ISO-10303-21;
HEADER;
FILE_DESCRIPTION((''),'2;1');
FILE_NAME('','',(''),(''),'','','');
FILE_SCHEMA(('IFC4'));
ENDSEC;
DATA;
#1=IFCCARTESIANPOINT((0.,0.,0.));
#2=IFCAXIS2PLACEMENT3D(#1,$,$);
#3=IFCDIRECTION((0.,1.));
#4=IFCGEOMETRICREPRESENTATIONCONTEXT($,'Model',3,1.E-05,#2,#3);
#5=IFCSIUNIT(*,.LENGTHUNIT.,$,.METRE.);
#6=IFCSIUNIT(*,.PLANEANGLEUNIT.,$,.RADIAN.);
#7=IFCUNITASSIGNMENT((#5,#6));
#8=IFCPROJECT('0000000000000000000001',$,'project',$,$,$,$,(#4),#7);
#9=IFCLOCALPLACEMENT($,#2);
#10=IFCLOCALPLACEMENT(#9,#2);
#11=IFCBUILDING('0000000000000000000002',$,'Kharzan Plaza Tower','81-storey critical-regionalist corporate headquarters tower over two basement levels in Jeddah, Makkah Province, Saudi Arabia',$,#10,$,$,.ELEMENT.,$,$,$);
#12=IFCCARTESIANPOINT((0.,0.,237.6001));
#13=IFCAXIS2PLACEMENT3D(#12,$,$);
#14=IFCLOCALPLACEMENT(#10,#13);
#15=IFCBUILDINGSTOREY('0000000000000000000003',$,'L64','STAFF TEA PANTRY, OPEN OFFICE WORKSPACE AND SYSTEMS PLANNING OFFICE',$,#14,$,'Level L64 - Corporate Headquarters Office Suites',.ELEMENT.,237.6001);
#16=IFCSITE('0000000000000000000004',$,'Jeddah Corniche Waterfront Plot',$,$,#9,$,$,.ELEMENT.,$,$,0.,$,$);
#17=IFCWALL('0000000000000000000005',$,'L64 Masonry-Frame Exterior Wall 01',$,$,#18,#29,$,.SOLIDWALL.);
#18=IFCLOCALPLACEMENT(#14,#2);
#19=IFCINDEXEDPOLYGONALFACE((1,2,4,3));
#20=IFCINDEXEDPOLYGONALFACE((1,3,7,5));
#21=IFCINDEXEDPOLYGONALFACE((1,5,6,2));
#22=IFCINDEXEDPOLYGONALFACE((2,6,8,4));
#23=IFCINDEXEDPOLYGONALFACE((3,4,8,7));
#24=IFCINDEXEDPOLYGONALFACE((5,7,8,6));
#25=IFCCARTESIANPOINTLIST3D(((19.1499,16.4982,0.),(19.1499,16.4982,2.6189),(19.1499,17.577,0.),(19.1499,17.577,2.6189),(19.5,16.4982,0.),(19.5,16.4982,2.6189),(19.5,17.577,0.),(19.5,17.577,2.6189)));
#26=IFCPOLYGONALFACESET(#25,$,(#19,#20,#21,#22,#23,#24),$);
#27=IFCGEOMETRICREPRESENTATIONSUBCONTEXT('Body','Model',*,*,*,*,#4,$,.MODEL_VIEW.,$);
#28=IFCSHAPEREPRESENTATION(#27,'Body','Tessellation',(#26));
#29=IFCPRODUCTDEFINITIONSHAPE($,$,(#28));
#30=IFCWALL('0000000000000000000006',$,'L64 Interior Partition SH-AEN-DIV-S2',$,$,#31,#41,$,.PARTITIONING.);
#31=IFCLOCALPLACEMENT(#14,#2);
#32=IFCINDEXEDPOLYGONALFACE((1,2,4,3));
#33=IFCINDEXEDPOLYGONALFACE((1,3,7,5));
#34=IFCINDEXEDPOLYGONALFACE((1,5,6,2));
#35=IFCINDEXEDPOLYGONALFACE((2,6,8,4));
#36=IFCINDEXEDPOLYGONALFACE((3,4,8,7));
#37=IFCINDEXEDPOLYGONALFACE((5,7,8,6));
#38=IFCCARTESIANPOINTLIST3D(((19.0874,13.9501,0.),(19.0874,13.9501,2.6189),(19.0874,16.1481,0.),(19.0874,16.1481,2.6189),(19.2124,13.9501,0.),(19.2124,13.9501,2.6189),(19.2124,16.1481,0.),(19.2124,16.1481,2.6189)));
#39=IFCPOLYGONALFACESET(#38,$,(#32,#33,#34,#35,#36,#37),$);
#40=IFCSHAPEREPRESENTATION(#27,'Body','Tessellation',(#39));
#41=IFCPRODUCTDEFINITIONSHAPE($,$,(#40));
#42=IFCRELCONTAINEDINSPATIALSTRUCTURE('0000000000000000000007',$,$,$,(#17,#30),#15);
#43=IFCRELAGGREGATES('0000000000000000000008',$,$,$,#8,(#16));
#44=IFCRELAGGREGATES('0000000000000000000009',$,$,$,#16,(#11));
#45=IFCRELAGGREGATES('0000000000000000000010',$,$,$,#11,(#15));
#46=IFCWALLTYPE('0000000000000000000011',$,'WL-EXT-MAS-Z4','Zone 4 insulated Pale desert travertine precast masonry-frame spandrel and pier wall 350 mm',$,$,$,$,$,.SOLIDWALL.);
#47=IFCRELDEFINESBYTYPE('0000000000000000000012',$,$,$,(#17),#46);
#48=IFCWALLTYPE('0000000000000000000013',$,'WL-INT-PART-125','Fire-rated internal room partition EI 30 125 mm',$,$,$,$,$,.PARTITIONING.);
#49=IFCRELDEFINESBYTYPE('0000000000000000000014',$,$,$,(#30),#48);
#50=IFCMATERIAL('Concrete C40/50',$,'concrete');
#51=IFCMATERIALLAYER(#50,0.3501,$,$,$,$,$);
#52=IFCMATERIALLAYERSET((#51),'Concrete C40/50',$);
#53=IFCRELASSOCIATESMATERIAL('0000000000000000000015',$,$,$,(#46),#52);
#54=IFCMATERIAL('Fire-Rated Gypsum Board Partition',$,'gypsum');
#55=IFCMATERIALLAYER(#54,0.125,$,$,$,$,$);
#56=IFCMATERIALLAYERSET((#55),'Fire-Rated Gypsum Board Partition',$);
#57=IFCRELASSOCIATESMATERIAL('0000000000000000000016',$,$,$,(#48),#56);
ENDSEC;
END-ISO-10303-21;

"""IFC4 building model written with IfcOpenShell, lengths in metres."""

from ifc_helpers import new_model, si_unit, direction, frame, frame_2d, origin, place, context, subcontext, project, spatial, rectangle, extrude, source, transform, mapped, material, layer, layer_set, type_object, element, save


model = new_model("IFC4")

# Units and contexts
model_context = context("Model", 3, precision=1e-05, world=origin(), true_north=direction((0.0, 1.0)))
body_context = subcontext(model_context, "Body", "Model", "MODEL_VIEW")
ifc_project = project(units=[si_unit("LENGTHUNIT", "METRE"), si_unit("PLANEANGLEUNIT", "RADIAN")], contexts=[model_context])

# Site, building, storey
site_placement = place(None, origin())
site = spatial("IfcSite", under=ifc_project, at=site_placement, Name="Jeddah Corniche Waterfront Plot", CompositionType="ELEMENT", RefElevation=0.0)
building_placement = place(site_placement, origin())
building = spatial("IfcBuilding", under=site, at=building_placement, Name="Kharzan Plaza Tower", Description="81-storey critical-regionalist corporate headquarters tower over two basement levels in Jeddah, Makkah Province, Saudi Arabia", CompositionType="ELEMENT")
storey_placement = place(building_placement, frame((0.0, 0.0, 237.6001)))
storey = spatial("IfcBuildingStorey", under=building, at=storey_placement, Name="L64", Description="STAFF TEA PANTRY, OPEN OFFICE WORKSPACE AND SYSTEMS PLANNING OFFICE", LongName="Level L64 - Corporate Headquarters Office Suites", CompositionType="ELEMENT", Elevation=237.6001)

# Shared definitions
ifc_material_1 = material(Name="Concrete C40/50", Category="concrete")
ifc_layer_1 = layer(ifc_material_1, 0.3501)
ifc_layer_set_1 = layer_set([ifc_layer_1], Name="Concrete C40/50")
wall_type_1 = type_object("IfcWallType", Name="WL-EXT-MAS-Z4", Description="Zone 4 insulated Pale desert travertine precast masonry-frame spandrel and pier wall 350 mm", PredefinedType="SOLIDWALL", material=ifc_layer_set_1)

# Shared definitions
ifc_material_2 = material(Name="Fire-Rated Gypsum Board Partition", Category="gypsum")
ifc_layer_2 = layer(ifc_material_2, 0.125)
ifc_layer_set_2 = layer_set([ifc_layer_2], Name="Fire-Rated Gypsum Board Partition")
wall_type_2 = type_object("IfcWallType", Name="WL-INT-PART-125", Description="Fire-rated internal room partition EI 30 125 mm", PredefinedType="PARTITIONING", material=ifc_layer_set_2)

# Walls
shared_shape_1 = source(origin(), body_context, "Body", "SweptSolid", [
    extrude(rectangle(XDim=1.0789, YDim=0.3501, at=frame_2d((0.5396, 0.0))), origin(), (0.0, 0.0, 1.0), 2.6189),
])
wall_1_placement = place(storey_placement, frame((19.325, 16.498, 0.0), z_axis=(0.0, 0.0, 1.0), x_axis=(0.0, 1.0, 0.0)))
element("IfcWall", 1, at=wall_1_placement, inside=storey, type_object=wall_type_1, Name="L64 Masonry-Frame Exterior Wall 01", PredefinedType="SOLIDWALL", context=body_context, shape_type="MappedRepresentation", body=[
    mapped(shared_shape_1, transform((0.0, 0.0, 0.0), x_axis=(1.0, 0.0, 0.0), y_axis=(0.0, 1.0, 0.0), z_axis=(0.0, 0.0, 1.0))),
])
shared_shape_2 = source(origin(), body_context, "Body", "SweptSolid", [
    extrude(rectangle(XDim=2.198, YDim=0.125, at=frame_2d((1.0991, 0.0))), origin(), (0.0, 0.0, 1.0), 2.6189),
])
wall_2_placement = place(storey_placement, frame((19.1499, 13.95, 0.0), z_axis=(0.0, 0.0, 1.0), x_axis=(0.0, 1.0, 0.0)))
element("IfcWall", 2, at=wall_2_placement, inside=storey, type_object=wall_type_2, Name="L64 Interior Partition SH-AEN-DIV-S2", PredefinedType="PARTITIONING", context=body_context, shape_type="MappedRepresentation", body=[
    mapped(shared_shape_2, transform((0.0, 0.0, 0.0), x_axis=(1.0, 0.0, 0.0), y_axis=(0.0, 1.0, 0.0), z_axis=(0.0, 0.0, 1.0))),
])

save(model, "model.ifc")
